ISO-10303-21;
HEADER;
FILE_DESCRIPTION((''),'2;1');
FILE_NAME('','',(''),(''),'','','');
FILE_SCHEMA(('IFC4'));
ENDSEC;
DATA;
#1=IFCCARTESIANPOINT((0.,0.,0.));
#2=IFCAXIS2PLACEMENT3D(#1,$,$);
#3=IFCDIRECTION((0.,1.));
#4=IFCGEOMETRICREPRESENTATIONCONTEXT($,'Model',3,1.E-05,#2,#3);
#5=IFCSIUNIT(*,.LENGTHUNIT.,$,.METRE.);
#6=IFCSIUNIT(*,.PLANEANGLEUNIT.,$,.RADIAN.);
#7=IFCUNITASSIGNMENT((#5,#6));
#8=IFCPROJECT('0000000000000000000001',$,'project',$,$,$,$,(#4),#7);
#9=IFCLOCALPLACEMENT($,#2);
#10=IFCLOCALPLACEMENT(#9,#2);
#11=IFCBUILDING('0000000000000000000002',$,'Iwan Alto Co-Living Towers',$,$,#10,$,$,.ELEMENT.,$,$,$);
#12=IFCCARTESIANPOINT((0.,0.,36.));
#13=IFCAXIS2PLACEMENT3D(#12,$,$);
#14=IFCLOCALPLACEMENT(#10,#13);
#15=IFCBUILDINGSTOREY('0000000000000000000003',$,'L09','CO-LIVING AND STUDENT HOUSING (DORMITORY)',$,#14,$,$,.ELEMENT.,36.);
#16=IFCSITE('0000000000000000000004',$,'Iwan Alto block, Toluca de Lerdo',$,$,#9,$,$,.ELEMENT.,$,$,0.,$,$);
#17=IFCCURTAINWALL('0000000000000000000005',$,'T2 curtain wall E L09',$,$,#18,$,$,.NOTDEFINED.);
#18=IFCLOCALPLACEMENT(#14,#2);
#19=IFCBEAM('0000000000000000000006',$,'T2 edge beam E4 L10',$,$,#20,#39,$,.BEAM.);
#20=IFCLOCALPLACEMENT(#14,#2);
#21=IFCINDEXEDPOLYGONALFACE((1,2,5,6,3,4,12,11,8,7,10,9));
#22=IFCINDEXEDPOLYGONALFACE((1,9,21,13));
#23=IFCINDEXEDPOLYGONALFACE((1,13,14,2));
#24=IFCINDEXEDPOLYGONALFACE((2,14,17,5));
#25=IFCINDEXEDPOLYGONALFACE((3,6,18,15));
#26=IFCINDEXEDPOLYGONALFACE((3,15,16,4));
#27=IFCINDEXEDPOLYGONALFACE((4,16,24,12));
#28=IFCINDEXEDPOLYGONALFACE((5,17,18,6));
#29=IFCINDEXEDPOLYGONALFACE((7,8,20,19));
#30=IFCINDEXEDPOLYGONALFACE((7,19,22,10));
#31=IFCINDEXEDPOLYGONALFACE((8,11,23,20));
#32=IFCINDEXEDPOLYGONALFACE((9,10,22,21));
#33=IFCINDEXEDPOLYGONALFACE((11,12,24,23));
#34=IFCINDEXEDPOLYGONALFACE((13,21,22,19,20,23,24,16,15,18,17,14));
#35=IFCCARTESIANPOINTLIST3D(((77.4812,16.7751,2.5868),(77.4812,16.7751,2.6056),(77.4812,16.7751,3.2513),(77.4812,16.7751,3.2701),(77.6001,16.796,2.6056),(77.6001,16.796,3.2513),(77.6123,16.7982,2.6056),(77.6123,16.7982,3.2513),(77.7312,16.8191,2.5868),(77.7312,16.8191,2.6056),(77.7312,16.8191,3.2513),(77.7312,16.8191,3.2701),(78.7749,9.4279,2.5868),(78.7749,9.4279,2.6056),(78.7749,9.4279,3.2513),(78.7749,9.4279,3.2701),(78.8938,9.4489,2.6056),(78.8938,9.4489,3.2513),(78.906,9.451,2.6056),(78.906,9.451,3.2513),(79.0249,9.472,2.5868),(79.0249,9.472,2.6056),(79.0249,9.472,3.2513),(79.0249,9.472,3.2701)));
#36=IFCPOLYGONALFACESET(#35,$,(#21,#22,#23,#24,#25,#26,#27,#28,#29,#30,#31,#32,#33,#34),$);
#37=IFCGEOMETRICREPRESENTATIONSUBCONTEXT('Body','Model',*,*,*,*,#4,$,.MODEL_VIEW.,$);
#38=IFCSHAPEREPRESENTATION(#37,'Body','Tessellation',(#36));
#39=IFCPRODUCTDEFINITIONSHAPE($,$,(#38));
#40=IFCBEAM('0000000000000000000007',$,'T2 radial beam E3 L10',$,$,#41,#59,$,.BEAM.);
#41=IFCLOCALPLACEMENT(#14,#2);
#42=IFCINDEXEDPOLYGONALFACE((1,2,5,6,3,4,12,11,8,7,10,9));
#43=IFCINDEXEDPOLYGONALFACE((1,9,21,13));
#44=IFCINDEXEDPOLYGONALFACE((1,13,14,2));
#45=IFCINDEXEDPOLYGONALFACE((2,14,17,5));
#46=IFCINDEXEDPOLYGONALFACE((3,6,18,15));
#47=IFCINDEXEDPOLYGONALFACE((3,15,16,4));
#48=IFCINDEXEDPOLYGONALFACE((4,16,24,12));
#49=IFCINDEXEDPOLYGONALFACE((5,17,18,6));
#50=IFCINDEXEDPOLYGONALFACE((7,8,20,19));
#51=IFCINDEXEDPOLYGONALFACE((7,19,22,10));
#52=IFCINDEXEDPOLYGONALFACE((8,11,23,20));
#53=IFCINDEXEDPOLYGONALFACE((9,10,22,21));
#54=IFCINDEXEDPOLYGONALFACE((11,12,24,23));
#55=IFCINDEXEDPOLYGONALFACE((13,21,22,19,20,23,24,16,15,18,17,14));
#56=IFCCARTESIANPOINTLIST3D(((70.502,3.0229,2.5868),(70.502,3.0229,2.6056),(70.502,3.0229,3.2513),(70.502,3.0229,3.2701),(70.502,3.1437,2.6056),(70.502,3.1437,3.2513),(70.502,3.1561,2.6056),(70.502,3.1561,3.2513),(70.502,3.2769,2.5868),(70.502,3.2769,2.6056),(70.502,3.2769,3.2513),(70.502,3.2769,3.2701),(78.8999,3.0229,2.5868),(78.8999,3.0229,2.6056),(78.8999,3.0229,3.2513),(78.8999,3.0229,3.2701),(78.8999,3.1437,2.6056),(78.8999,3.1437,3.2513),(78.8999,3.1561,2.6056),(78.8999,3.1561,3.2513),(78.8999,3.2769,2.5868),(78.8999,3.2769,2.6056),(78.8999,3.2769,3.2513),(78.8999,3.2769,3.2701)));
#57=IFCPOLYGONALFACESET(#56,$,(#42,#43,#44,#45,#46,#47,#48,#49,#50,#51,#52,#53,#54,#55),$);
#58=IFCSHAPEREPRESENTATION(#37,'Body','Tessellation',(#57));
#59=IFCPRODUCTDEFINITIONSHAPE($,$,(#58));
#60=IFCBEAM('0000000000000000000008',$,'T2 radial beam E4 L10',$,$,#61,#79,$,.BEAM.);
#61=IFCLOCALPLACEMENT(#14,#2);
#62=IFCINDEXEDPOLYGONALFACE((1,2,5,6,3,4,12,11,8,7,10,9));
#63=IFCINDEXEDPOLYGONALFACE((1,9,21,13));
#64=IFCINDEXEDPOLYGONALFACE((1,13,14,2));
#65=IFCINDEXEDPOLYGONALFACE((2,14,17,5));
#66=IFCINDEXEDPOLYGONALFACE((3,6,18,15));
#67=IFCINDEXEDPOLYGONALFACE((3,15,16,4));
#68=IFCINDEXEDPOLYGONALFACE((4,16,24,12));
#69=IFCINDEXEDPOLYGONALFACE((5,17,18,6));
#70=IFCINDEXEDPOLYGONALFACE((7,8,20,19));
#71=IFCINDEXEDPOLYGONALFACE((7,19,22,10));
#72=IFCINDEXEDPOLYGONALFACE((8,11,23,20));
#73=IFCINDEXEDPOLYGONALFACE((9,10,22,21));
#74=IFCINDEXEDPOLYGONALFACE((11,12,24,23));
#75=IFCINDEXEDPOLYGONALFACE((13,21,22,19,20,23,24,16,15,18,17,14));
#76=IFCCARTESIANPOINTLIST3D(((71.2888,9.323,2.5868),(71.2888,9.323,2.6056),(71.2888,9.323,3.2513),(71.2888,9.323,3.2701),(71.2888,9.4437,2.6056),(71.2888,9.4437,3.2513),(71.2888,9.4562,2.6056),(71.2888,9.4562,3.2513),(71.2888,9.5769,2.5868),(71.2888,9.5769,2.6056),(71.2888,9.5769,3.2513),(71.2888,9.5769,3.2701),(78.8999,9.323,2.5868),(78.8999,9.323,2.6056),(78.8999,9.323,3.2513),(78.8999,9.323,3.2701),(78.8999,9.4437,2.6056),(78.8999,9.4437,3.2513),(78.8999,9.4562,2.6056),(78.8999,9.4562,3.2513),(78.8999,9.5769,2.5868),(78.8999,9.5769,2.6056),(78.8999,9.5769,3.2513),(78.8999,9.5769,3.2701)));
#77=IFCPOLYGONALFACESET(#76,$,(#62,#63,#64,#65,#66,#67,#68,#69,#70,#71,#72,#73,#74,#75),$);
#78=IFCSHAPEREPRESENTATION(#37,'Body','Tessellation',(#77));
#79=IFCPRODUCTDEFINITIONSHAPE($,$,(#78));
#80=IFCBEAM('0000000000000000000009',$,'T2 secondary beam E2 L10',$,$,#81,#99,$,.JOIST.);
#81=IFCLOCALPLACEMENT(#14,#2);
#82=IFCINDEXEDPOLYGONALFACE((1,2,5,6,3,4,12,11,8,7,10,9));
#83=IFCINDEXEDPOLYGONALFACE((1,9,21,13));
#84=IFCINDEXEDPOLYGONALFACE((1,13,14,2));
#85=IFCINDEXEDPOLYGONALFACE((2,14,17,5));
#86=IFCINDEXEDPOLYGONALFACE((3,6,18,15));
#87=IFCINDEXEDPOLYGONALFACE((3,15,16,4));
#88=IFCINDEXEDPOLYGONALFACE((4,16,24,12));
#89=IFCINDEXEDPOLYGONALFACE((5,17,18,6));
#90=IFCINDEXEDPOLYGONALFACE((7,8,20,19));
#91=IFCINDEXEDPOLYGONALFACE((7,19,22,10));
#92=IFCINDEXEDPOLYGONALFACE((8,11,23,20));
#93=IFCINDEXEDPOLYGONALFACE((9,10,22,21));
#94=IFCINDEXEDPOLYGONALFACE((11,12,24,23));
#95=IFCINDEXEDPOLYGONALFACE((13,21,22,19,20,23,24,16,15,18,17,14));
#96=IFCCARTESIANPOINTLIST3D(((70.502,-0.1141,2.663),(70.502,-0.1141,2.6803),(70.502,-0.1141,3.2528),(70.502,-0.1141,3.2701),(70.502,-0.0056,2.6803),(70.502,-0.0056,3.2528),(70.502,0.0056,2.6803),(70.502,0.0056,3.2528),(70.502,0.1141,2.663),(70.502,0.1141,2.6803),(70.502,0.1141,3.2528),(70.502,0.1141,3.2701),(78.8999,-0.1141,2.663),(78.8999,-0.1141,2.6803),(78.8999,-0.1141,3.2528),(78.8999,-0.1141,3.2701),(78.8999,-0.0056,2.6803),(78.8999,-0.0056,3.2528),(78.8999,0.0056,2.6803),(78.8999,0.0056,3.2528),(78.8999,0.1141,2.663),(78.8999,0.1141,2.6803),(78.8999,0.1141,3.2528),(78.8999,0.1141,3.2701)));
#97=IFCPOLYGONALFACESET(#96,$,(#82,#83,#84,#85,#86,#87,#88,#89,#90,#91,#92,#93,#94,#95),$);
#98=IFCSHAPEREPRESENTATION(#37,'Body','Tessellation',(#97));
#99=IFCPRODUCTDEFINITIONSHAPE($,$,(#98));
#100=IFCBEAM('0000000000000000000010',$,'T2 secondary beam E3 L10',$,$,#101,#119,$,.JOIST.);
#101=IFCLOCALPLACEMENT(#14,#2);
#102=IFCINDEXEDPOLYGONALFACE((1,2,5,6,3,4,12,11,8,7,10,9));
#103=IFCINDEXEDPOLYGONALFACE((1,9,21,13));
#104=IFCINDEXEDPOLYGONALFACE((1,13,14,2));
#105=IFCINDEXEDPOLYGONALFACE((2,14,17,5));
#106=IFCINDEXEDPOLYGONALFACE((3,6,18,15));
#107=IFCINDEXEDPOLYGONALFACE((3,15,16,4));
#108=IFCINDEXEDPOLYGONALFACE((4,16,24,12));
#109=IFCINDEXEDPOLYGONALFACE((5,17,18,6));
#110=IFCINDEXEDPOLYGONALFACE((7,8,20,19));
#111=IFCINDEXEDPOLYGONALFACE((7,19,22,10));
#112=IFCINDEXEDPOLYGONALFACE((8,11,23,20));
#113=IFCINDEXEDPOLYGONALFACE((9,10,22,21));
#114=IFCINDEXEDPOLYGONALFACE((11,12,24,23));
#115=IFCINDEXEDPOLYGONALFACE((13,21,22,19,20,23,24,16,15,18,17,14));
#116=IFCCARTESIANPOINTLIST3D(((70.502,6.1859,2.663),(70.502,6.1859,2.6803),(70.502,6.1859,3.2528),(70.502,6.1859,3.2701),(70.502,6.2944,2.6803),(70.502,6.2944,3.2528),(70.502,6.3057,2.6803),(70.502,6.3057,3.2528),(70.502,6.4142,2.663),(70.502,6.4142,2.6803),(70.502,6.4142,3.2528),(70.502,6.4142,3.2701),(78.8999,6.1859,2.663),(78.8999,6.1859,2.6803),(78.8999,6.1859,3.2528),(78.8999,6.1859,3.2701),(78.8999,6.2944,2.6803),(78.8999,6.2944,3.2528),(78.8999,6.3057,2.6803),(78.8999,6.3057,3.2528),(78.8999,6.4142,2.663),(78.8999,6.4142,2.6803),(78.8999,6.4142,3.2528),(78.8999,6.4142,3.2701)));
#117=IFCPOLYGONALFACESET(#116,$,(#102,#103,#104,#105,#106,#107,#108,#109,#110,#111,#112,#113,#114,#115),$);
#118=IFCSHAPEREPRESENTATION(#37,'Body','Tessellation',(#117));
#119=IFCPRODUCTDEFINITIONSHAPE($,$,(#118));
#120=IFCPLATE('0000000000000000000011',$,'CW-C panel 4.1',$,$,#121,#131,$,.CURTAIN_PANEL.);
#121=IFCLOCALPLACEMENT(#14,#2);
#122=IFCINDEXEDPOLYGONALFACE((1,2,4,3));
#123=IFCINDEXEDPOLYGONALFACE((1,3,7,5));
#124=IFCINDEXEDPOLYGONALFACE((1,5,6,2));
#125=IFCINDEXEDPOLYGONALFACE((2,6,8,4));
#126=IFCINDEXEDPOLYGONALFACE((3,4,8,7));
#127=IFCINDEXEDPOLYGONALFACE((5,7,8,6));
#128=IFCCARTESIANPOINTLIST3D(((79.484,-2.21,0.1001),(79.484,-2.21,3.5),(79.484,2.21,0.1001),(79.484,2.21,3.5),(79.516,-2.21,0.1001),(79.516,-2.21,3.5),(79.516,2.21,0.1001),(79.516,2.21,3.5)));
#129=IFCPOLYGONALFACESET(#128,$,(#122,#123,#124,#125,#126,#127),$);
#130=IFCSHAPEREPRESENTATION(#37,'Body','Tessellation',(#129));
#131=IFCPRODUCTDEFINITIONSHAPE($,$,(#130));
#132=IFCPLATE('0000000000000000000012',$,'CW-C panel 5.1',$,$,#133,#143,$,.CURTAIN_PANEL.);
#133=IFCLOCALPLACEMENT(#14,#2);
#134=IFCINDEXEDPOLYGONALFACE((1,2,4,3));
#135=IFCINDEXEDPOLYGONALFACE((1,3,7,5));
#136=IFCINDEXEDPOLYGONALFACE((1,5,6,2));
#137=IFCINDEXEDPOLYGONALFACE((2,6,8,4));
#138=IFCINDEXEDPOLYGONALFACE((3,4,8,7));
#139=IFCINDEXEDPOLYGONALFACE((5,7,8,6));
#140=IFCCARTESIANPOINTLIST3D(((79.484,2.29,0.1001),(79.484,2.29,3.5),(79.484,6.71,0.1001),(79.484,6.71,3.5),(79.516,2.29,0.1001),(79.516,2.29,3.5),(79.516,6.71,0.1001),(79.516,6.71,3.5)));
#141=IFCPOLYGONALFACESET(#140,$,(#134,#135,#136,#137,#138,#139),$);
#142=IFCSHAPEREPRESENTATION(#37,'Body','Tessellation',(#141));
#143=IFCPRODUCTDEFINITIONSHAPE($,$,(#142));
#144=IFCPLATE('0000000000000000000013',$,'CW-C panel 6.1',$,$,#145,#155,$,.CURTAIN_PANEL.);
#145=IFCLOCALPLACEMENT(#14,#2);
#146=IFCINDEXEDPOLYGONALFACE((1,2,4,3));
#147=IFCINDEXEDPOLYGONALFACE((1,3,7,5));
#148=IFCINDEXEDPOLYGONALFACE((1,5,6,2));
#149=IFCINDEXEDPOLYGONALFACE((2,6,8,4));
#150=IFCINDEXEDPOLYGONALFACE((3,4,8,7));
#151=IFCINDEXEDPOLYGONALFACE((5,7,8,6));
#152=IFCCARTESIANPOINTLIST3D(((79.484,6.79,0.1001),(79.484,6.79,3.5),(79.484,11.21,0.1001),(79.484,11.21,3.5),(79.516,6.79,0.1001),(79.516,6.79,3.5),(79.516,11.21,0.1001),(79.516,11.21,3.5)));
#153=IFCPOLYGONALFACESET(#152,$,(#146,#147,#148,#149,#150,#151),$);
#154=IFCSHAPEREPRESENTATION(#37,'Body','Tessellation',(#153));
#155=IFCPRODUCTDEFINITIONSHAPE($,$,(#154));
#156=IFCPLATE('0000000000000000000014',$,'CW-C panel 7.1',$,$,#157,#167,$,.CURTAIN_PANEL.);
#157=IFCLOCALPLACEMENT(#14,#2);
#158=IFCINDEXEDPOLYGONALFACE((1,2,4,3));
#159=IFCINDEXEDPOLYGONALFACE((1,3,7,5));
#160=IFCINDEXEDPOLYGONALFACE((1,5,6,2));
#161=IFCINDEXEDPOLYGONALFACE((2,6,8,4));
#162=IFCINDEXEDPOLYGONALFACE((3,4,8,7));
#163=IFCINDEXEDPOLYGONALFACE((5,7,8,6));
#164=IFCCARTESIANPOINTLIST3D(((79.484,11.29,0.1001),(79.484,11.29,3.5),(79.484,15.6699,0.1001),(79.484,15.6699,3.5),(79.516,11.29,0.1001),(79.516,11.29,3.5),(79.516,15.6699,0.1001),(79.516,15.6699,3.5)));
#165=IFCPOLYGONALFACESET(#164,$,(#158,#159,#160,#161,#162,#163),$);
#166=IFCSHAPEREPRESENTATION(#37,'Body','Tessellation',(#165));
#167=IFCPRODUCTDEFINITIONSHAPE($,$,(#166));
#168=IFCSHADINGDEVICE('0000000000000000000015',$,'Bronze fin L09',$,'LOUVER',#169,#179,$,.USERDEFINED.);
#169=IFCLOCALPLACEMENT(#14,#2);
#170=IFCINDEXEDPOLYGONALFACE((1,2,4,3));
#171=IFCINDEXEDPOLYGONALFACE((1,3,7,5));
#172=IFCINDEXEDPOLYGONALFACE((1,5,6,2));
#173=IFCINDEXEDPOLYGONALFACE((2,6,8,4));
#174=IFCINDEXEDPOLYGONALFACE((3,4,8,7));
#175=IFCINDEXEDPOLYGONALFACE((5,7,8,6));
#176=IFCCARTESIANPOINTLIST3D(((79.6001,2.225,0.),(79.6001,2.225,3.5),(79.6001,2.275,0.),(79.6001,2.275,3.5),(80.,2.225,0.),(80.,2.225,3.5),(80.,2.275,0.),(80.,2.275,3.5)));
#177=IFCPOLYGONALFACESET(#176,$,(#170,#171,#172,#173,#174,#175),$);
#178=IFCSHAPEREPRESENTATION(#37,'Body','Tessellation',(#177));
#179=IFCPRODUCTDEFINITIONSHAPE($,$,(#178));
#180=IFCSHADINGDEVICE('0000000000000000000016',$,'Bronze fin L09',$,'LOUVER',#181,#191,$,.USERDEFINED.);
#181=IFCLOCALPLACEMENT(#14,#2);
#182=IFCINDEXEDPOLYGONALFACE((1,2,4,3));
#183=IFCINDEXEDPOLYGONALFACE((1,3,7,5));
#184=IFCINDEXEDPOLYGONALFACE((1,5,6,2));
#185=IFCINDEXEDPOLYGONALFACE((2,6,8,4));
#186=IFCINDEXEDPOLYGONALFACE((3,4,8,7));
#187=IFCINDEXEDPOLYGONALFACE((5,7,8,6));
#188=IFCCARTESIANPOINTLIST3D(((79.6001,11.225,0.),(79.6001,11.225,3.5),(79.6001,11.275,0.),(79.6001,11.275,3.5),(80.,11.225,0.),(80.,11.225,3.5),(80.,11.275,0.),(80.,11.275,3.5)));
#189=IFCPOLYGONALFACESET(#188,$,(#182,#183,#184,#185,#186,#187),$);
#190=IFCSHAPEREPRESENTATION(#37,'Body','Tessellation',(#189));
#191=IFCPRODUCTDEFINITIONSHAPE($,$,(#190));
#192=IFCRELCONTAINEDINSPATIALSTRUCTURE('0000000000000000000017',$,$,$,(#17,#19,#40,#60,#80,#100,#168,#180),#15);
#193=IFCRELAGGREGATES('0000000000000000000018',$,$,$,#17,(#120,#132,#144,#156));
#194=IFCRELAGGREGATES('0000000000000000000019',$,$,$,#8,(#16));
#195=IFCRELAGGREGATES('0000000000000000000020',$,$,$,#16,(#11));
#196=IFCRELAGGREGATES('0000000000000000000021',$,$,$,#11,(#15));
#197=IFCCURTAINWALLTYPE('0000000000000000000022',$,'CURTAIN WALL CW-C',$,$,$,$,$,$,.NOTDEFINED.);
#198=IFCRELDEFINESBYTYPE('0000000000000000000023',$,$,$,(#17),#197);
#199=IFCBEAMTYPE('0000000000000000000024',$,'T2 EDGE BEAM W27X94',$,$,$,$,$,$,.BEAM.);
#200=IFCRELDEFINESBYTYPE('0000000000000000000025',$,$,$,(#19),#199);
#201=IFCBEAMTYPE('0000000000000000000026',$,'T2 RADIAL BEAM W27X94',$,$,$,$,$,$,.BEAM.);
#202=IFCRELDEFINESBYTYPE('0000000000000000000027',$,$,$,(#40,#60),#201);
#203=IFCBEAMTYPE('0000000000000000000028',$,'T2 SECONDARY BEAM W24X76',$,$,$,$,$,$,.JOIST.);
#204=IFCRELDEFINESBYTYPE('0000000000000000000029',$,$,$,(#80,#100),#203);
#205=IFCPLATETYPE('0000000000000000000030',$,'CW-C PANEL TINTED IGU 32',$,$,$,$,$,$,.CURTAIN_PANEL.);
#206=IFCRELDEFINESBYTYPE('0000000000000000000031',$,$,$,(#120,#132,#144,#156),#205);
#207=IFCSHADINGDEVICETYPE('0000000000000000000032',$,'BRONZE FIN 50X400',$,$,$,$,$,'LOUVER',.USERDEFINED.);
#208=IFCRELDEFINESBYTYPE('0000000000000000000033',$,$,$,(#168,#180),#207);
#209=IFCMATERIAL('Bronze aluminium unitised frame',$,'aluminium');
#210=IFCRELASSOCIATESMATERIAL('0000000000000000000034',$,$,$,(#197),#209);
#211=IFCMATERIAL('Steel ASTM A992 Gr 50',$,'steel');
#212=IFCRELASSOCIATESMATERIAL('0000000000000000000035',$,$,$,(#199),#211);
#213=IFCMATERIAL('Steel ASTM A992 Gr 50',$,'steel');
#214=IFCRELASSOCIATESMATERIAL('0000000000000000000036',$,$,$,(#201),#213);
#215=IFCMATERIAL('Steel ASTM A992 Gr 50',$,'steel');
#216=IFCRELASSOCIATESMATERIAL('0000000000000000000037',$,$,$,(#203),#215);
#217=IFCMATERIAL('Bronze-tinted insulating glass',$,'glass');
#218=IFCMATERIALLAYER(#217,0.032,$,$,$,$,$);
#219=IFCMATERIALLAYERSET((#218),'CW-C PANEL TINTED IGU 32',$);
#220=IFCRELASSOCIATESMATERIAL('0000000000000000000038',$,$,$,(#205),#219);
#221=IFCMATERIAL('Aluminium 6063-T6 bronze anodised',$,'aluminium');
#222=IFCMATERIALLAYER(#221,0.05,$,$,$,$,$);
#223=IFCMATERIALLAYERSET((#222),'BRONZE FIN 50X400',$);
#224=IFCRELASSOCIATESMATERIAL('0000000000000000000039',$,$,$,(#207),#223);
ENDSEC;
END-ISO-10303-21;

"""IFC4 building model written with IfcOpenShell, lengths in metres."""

from ifc_helpers import new_model, si_unit, direction, frame, origin, origin_2d, place, context, subcontext, project, spatial, rectangle, i_section, extrude, material, layer, layer_set, material_profile, profile_set, type_object, element, aggregate, save


model = new_model("IFC4")

# Units and contexts
model_context = context("Model", 3, precision=1e-05, world=origin(), true_north=direction((0.0, 1.0)))
body_context = subcontext(model_context, "Body", "Model", "MODEL_VIEW")
ifc_project = project(units=[si_unit("LENGTHUNIT", "METRE"), si_unit("PLANEANGLEUNIT", "RADIAN")], contexts=[model_context])

# Site, building, storey
site_placement = place(None, origin())
site = spatial("IfcSite", under=ifc_project, at=site_placement, Name="Iwan Alto block, Toluca de Lerdo", CompositionType="ELEMENT", RefElevation=0.0)
building_placement = place(site_placement, origin())
building = spatial("IfcBuilding", under=site, at=building_placement, Name="Iwan Alto Co-Living Towers", CompositionType="ELEMENT")
storey_placement = place(building_placement, frame((0.0, 0.0, 36.0)))
storey = spatial("IfcBuildingStorey", under=building, at=storey_placement, Name="L09", Description="CO-LIVING AND STUDENT HOUSING (DORMITORY)", CompositionType="ELEMENT", Elevation=36.0)

# Curtain wall
ifc_material_1 = material(Name="Bronze aluminium unitised frame", Category="aluminium")
curtain_wall_type = type_object("IfcCurtainWallType", Name="CURTAIN WALL CW-C", PredefinedType="NOTDEFINED", material=ifc_material_1)
curtain_wall_placement = place(storey_placement, origin())
curtain_wall = element("IfcCurtainWall", 1, at=curtain_wall_placement, inside=storey, type_object=curtain_wall_type, Name="T2 curtain wall E L09", PredefinedType="NOTDEFINED")

# Beams
ifc_material_2 = material(Name="Steel ASTM A992 Gr 50", Category="steel")
ifc_material_profile_1 = material_profile(ifc_material_2, i_section(OverallWidth=0.2539, OverallDepth=0.6833, WebThickness=0.0125, FlangeThickness=0.0188, at=origin_2d()), Name="W27X94")
ifc_profile_set_1 = profile_set([ifc_material_profile_1], Name="Steel ASTM A992 Gr 50")
beam_type_1 = type_object("IfcBeamType", Name="T2 EDGE BEAM W27X94", PredefinedType="BEAM", material=ifc_profile_set_1)
beam_1_placement = place(storey_placement, frame((78.8999, 9.45, 2.9285), z_axis=(-0.173414, 0.984849, 0.0), x_axis=(-0.984849, -0.173414, 0.0)))
element("IfcBeam", 2, at=beam_1_placement, inside=storey, type_object=beam_type_1, Name="T2 edge beam E4 L10", PredefinedType="BEAM", context=body_context, shape_type="SweptSolid", body=[
    extrude(i_section(OverallWidth=0.2539, OverallDepth=0.6833, WebThickness=0.0125, FlangeThickness=0.0188, at=origin_2d()), origin(), (0.0, 0.0, 1.0), 7.4602),
])
ifc_material_3 = material(Name="Steel ASTM A992 Gr 50", Category="steel")
ifc_material_profile_2 = material_profile(ifc_material_3, i_section(OverallWidth=0.2539, OverallDepth=0.6833, WebThickness=0.0125, FlangeThickness=0.0188, at=origin_2d()), Name="W27X94")
ifc_profile_set_2 = profile_set([ifc_material_profile_2], Name="Steel ASTM A992 Gr 50")
beam_type_2 = type_object("IfcBeamType", Name="T2 RADIAL BEAM W27X94", PredefinedType="BEAM", material=ifc_profile_set_2)
beam_2_placement = place(storey_placement, frame((78.8999, 3.1499, 2.9285), z_axis=(-1.0, 0.0, 0.0), x_axis=(0.0, -1.0, 0.0)))
element("IfcBeam", 3, at=beam_2_placement, inside=storey, type_object=beam_type_2, Name="T2 radial beam E3 L10", PredefinedType="BEAM", context=body_context, shape_type="SweptSolid", body=[
    extrude(i_section(OverallWidth=0.2539, OverallDepth=0.6833, WebThickness=0.0125, FlangeThickness=0.0188, at=origin_2d()), origin(), (0.0, 0.0, 1.0), 8.3979),
])
beam_3_placement = place(storey_placement, frame((78.8999, 9.45, 2.9285), z_axis=(-1.0, 0.0, 0.0), x_axis=(0.0, -1.0, 0.0)))
element("IfcBeam", 4, at=beam_3_placement, inside=storey, type_object=beam_type_2, Name="T2 radial beam E4 L10", PredefinedType="BEAM", context=body_context, shape_type="SweptSolid", body=[
    extrude(i_section(OverallWidth=0.2539, OverallDepth=0.6833, WebThickness=0.0125, FlangeThickness=0.0188, at=origin_2d()), origin(), (0.0, 0.0, 1.0), 7.6111),
])
ifc_material_4 = material(Name="Steel ASTM A992 Gr 50", Category="steel")
ifc_material_profile_3 = material_profile(ifc_material_4, i_section(OverallWidth=0.2283, OverallDepth=0.6072, WebThickness=0.0112, FlangeThickness=0.0173, at=origin_2d()), Name="W24X76")
ifc_profile_set_3 = profile_set([ifc_material_profile_3], Name="Steel ASTM A992 Gr 50")
beam_type_3 = type_object("IfcBeamType", Name="T2 SECONDARY BEAM W24X76", PredefinedType="JOIST", material=ifc_profile_set_3)
for number, where, z_axis, x_axis, name in (
    (5, (78.8999, 0.0, 2.9666), (-1.0, 0.0, 0.0), (0.0, -1.0, 0.0), "T2 secondary beam E2 L10"),
    (6, (78.8999, 6.3, 2.9666), (-1.0, 0.0, 0.0), (0.0, -1.0, 0.0), "T2 secondary beam E3 L10"),
):
    element("IfcBeam", number, at=place(storey_placement, frame(where, z_axis=z_axis, x_axis=x_axis)), inside=storey, type_object=beam_type_3, Name=name, PredefinedType="JOIST", context=body_context, shape_type="SweptSolid", body=[
        extrude(i_section(OverallWidth=0.2283, OverallDepth=0.6072, WebThickness=0.0112, FlangeThickness=0.0173, at=origin_2d()), origin(), (0.0, 0.0, 1.0), 8.3979),
    ])

# Plates
ifc_material_5 = material(Name="Bronze-tinted insulating glass", Category="glass")
ifc_layer_1 = layer(ifc_material_5, 0.032)
ifc_layer_set_1 = layer_set([ifc_layer_1], Name="CW-C PANEL TINTED IGU 32")
plate_type = type_object("IfcPlateType", Name="CW-C PANEL TINTED IGU 32", PredefinedType="CURTAIN_PANEL", material=ifc_layer_set_1)
plate_1_placement = place(storey_placement, frame((79.5, 0.0, 0.1001), z_axis=(0.0, 0.0, 1.0), x_axis=(0.0, 1.0, 0.0)))
plate_1 = element("IfcPlate", 7, at=plate_1_placement, type_object=plate_type, Name="CW-C panel 4.1", PredefinedType="CURTAIN_PANEL", context=body_context, shape_type="SweptSolid", body=[
    extrude(rectangle(XDim=4.4199, YDim=0.032, at=origin_2d()), origin(), (0.0, 0.0, 1.0), 3.3999),
])
plate_2_placement = place(storey_placement, frame((79.5, 4.5, 0.1001), z_axis=(0.0, 0.0, 1.0), x_axis=(0.0, 1.0, 0.0)))
plate_2 = element("IfcPlate", 8, at=plate_2_placement, type_object=plate_type, Name="CW-C panel 5.1", PredefinedType="CURTAIN_PANEL", context=body_context, shape_type="SweptSolid", body=[
    extrude(rectangle(XDim=4.4199, YDim=0.032, at=origin_2d()), origin(), (0.0, 0.0, 1.0), 3.3999),
])
plate_3_placement = place(storey_placement, frame((79.5, 9.0, 0.1001), z_axis=(0.0, 0.0, 1.0), x_axis=(0.0, 1.0, 0.0)))
plate_3 = element("IfcPlate", 9, at=plate_3_placement, type_object=plate_type, Name="CW-C panel 6.1", PredefinedType="CURTAIN_PANEL", context=body_context, shape_type="SweptSolid", body=[
    extrude(rectangle(XDim=4.4199, YDim=0.032, at=origin_2d()), origin(), (0.0, 0.0, 1.0), 3.3999),
])
plate_4_placement = place(storey_placement, frame((79.5, 13.48, 0.1001), z_axis=(0.0, 0.0, 1.0), x_axis=(0.0, 1.0, 0.0)))
plate_4 = element("IfcPlate", 10, at=plate_4_placement, type_object=plate_type, Name="CW-C panel 7.1", PredefinedType="CURTAIN_PANEL", context=body_context, shape_type="SweptSolid", body=[
    extrude(rectangle(XDim=4.3799, YDim=0.032, at=origin_2d()), origin(), (0.0, 0.0, 1.0), 3.3999),
])
aggregate(curtain_wall, [plate_1, plate_2, plate_3, plate_4])

# Shading devices
ifc_material_6 = material(Name="Aluminium 6063-T6 bronze anodised", Category="aluminium")
ifc_layer_2 = layer(ifc_material_6, 0.05)
ifc_layer_set_2 = layer_set([ifc_layer_2], Name="BRONZE FIN 50X400")
shading_device_type = type_object("IfcShadingDeviceType", Name="BRONZE FIN 50X400", ElementType="LOUVER", PredefinedType="USERDEFINED", material=ifc_layer_set_2)
for number, where, z_axis, x_axis, name in (
    (11, (79.8, 2.25, 0.0), (0.0, 0.0, 1.0), (0.0, 1.0, 0.0), "Bronze fin L09"),
    (12, (79.8, 11.25, 0.0), (0.0, 0.0, 1.0), (0.0, 1.0, 0.0), "Bronze fin L09"),
):
    element("IfcShadingDevice", number, at=place(storey_placement, frame(where, z_axis=z_axis, x_axis=x_axis)), inside=storey, type_object=shading_device_type, Name=name, ObjectType="LOUVER", PredefinedType="USERDEFINED", context=body_context, shape_type="SweptSolid", body=[
        extrude(rectangle(XDim=0.05, YDim=0.3999, at=origin_2d()), origin(), (0.0, 0.0, 1.0), 3.5),
    ])

save(model, "model.ifc")
